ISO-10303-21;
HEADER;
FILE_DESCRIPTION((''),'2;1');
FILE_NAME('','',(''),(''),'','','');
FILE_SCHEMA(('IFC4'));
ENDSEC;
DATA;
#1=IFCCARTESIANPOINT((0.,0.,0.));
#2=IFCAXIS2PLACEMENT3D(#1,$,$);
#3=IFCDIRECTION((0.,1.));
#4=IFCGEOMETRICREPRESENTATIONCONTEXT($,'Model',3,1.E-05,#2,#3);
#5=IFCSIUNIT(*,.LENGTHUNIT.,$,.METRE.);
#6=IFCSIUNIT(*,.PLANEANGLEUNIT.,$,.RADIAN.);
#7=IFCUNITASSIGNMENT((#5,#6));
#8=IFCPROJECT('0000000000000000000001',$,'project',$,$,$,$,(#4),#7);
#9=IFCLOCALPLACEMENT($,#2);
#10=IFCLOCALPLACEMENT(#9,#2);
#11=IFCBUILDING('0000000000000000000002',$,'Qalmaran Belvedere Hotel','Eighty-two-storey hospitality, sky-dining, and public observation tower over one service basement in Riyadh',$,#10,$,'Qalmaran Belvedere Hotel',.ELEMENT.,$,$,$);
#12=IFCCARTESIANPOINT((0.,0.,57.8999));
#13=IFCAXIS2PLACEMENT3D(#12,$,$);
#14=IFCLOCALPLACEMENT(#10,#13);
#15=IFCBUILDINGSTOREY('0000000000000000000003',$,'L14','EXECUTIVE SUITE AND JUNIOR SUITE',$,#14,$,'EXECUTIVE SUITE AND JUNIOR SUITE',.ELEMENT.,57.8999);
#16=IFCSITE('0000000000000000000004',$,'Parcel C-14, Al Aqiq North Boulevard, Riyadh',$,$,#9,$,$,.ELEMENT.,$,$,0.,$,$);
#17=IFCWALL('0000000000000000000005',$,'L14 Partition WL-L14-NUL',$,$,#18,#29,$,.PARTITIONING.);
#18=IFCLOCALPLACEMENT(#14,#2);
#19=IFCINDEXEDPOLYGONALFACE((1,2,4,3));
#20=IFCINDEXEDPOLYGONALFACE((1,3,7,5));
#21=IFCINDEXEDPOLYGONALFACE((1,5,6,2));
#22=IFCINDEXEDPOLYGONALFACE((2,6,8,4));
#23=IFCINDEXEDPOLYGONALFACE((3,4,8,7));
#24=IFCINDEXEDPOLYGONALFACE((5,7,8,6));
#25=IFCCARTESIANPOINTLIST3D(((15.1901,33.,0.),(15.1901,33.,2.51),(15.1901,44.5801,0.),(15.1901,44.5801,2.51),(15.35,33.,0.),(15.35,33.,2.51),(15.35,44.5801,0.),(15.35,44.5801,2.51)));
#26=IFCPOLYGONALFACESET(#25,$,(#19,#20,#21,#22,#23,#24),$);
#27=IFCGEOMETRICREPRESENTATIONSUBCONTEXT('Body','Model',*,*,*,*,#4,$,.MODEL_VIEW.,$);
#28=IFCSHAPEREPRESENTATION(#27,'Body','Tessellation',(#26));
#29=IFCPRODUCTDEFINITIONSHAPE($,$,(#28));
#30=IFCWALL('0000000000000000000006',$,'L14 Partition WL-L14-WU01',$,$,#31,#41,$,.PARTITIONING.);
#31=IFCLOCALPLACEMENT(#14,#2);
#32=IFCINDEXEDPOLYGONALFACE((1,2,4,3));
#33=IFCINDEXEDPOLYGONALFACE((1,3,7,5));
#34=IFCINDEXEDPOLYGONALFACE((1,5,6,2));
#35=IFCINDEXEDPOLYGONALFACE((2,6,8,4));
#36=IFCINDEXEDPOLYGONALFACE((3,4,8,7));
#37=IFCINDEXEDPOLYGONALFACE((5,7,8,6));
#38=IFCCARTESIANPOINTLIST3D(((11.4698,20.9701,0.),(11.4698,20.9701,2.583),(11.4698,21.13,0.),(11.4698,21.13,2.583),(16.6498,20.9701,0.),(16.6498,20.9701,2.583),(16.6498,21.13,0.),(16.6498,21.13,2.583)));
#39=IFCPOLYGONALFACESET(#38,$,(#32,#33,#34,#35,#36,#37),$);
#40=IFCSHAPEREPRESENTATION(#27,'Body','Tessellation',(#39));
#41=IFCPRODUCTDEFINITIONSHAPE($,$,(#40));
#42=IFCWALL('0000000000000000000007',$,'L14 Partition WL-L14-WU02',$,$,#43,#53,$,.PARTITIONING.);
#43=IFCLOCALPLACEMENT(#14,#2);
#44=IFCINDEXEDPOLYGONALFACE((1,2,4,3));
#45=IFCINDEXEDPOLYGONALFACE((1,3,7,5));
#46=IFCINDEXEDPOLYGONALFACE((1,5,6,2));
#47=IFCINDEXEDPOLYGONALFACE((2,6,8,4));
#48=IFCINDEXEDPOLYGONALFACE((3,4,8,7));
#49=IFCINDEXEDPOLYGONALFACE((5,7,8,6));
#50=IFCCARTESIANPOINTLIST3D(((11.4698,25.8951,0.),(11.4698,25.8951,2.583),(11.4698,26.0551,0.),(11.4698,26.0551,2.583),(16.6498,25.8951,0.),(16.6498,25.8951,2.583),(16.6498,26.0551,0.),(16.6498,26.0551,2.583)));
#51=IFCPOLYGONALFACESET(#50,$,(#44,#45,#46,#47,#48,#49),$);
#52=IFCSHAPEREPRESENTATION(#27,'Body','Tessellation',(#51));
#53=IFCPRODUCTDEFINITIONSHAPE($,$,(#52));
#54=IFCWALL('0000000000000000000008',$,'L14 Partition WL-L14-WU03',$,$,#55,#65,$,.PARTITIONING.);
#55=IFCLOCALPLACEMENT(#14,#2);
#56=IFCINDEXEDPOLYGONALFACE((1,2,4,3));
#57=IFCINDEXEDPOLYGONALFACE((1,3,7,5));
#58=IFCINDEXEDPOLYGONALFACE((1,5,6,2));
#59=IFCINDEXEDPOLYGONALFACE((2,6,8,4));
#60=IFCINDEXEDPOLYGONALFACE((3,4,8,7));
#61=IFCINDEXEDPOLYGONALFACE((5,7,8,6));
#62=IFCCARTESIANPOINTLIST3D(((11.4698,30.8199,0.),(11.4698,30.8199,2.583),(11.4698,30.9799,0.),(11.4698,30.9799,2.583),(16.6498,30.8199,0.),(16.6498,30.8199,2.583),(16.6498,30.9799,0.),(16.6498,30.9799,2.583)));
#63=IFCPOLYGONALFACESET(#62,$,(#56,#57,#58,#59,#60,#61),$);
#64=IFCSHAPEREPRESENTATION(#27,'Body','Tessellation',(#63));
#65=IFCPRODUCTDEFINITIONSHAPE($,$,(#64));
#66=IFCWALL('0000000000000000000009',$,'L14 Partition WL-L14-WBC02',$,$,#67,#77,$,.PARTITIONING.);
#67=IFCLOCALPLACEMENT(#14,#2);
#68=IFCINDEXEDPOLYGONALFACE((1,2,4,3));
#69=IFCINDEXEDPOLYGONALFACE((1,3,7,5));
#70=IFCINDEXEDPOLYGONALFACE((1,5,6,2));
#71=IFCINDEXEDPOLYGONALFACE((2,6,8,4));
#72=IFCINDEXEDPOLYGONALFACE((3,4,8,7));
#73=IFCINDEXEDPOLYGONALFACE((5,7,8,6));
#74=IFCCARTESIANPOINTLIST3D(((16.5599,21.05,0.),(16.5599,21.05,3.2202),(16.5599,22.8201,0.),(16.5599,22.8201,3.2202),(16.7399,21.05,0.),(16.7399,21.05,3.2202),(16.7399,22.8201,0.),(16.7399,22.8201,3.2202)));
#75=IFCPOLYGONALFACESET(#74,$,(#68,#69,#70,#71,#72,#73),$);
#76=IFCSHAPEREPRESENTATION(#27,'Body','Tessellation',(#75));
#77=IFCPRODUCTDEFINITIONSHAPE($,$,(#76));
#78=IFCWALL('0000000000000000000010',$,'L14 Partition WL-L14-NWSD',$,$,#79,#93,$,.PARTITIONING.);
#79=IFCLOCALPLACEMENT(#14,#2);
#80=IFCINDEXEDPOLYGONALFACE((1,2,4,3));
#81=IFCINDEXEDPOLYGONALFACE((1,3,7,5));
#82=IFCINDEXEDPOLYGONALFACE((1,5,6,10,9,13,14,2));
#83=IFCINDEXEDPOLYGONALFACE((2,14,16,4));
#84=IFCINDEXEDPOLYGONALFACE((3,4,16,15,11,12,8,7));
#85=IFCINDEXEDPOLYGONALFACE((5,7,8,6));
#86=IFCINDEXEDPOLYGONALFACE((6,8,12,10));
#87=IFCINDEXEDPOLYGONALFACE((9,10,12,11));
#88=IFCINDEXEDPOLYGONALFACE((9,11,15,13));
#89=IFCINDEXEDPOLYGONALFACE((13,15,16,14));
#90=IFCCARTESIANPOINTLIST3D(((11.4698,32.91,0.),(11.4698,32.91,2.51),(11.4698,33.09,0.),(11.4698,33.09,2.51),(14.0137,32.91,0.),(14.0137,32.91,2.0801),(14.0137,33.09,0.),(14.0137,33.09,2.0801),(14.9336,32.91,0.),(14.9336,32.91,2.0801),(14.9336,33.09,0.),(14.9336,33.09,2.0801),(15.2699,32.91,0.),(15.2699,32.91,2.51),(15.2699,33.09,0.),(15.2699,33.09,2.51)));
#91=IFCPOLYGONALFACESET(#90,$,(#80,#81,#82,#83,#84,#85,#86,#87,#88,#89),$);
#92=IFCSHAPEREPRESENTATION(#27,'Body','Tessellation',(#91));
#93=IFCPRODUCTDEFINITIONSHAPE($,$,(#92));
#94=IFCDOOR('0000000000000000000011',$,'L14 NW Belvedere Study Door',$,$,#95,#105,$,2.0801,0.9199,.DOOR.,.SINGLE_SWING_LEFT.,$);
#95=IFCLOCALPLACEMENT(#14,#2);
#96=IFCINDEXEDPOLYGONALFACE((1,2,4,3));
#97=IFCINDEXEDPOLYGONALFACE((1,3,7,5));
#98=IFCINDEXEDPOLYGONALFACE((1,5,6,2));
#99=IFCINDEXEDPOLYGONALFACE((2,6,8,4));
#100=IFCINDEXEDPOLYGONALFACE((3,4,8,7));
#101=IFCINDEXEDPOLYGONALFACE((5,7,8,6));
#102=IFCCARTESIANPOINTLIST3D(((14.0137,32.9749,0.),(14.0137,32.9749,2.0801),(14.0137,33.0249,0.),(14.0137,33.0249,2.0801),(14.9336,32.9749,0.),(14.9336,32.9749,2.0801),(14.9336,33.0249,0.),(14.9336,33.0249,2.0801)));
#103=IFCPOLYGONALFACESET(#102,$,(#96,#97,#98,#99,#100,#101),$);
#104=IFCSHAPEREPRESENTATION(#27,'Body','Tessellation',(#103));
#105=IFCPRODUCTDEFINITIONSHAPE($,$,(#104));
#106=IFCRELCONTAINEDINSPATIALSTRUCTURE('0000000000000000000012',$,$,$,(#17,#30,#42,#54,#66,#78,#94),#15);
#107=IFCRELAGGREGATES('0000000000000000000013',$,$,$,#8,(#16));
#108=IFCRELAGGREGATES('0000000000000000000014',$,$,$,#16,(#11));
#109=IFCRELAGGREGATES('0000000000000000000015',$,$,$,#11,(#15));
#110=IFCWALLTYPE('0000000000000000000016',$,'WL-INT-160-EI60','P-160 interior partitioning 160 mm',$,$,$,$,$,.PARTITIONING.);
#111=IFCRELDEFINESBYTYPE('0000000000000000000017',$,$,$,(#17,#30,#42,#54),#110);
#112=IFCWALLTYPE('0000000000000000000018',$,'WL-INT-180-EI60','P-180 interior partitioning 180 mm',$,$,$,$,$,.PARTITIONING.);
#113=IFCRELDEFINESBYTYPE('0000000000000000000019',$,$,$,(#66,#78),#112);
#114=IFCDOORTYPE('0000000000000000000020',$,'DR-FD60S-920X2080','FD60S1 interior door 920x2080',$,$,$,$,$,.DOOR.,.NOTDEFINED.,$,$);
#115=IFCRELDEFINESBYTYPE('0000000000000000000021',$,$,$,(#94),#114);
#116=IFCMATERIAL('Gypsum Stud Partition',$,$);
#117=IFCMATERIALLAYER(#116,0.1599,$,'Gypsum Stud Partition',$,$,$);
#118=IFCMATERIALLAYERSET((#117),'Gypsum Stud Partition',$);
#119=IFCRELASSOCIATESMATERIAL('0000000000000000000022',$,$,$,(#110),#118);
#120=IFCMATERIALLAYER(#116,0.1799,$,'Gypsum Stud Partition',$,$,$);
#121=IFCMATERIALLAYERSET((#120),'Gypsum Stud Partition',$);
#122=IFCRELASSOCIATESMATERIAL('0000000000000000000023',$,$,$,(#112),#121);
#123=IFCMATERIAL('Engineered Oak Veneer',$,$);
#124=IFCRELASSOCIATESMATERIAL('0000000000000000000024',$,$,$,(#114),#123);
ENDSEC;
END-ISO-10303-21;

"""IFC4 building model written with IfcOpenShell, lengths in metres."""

from ifc_helpers import new_model, si_unit, direction, frame, frame_2d, origin, place, context, subcontext, project, spatial, rectangle, extrude, material, layer, layer_set, type_object, element, fill, save


model = new_model("IFC4")

# Units and contexts
model_context = context("Model", 3, precision=1e-05, world=origin(), true_north=direction((0.0, 1.0)))
body_context = subcontext(model_context, "Body", "Model", "MODEL_VIEW")
ifc_project = project(units=[si_unit("LENGTHUNIT", "METRE"), si_unit("PLANEANGLEUNIT", "RADIAN")], contexts=[model_context])

# Site, building, storey
site_placement = place(None, origin())
site = spatial("IfcSite", under=ifc_project, at=site_placement, Name="Parcel C-14, Al Aqiq North Boulevard, Riyadh", CompositionType="ELEMENT", RefElevation=0.0)
building_placement = place(site_placement, origin())
building = spatial("IfcBuilding", under=site, at=building_placement, Name="Qalmaran Belvedere Hotel", Description="Eighty-two-storey hospitality, sky-dining, and public observation tower over one service basement in Riyadh", LongName="Qalmaran Belvedere Hotel", CompositionType="ELEMENT")
storey_placement = place(building_placement, frame((0.0, 0.0, 57.8999)))
storey = spatial("IfcBuildingStorey", under=building, at=storey_placement, Name="L14", Description="EXECUTIVE SUITE AND JUNIOR SUITE", LongName="EXECUTIVE SUITE AND JUNIOR SUITE", CompositionType="ELEMENT", Elevation=57.8999)

# Shared definitions
ifc_material_1 = material(Name="Engineered Oak Veneer")

# Shared definitions
ifc_material_2 = material(Name="Gypsum Stud Partition")

# Walls
ifc_layer_1 = layer(ifc_material_2, 0.1599, Name="Gypsum Stud Partition")
ifc_layer_set_1 = layer_set([ifc_layer_1], Name="Gypsum Stud Partition")
wall_type_1 = type_object("IfcWallType", Name="WL-INT-160-EI60", Description="P-160 interior partitioning 160 mm", PredefinedType="PARTITIONING", material=ifc_layer_set_1)
wall_1_placement = place(storey_placement, frame((15.27, 33.0, 0.0), z_axis=(0.0, 0.0, 1.0), x_axis=(0.0, 1.0, 0.0)))
element("IfcWall", 1, at=wall_1_placement, inside=storey, type_object=wall_type_1, Name="L14 Partition WL-L14-NUL", PredefinedType="PARTITIONING", context=body_context, shape_type="SweptSolid", body=[
    extrude(rectangle(XDim=11.5801, YDim=0.1599, at=frame_2d((5.79, 0.0))), origin(), (0.0, 0.0, 1.0), 2.51),
])
for number, where, z_axis, x_axis, name in (
    (2, (11.47, 21.05, 0.0), (0.0, 0.0, 1.0), (1.0, 0.0, 0.0), "L14 Partition WL-L14-WU01"),
    (3, (11.47, 25.9751, 0.0), (0.0, 0.0, 1.0), (1.0, 0.0, 0.0), "L14 Partition WL-L14-WU02"),
    (4, (11.47, 30.8999, 0.0), (0.0, 0.0, 1.0), (1.0, 0.0, 0.0), "L14 Partition WL-L14-WU03"),
):
    element("IfcWall", number, at=place(storey_placement, frame(where, z_axis=z_axis, x_axis=x_axis)), inside=storey, type_object=wall_type_1, Name=name, PredefinedType="PARTITIONING", context=body_context, shape_type="SweptSolid", body=[
        extrude(rectangle(XDim=5.1799, YDim=0.1599, at=frame_2d((2.5898, 0.0))), origin(), (0.0, 0.0, 1.0), 2.583),
    ])

# Shared definitions
ifc_layer_2 = layer(ifc_material_2, 0.1799, Name="Gypsum Stud Partition")
ifc_layer_set_2 = layer_set([ifc_layer_2], Name="Gypsum Stud Partition")
wall_type_2 = type_object("IfcWallType", Name="WL-INT-180-EI60", Description="P-180 interior partitioning 180 mm", PredefinedType="PARTITIONING", material=ifc_layer_set_2)

# Wall
wall_2_placement = place(storey_placement, frame((16.6499, 21.05, 0.0), z_axis=(0.0, 0.0, 1.0), x_axis=(0.0, 1.0, 0.0)))
element("IfcWall", 5, at=wall_2_placement, inside=storey, type_object=wall_type_2, Name="L14 Partition WL-L14-WBC02", PredefinedType="PARTITIONING", context=body_context, shape_type="SweptSolid", body=[
    extrude(rectangle(XDim=1.77, YDim=0.1799, at=frame_2d((0.885, 0.0))), origin(), (0.0, 0.0, 1.0), 3.2202),
])

# Wall, opening, door
wall_3_placement = place(storey_placement, frame((11.47, 33.0, 0.0), z_axis=(0.0, 0.0, 1.0), x_axis=(1.0, 0.0, 0.0)))
wall_3 = element("IfcWall", 6, at=wall_3_placement, inside=storey, type_object=wall_type_2, Name="L14 Partition WL-L14-NWSD", PredefinedType="PARTITIONING", context=body_context, shape_type="SweptSolid", body=[
    extrude(rectangle(XDim=3.8, YDim=0.1799, at=frame_2d((1.8999, 0.0))), origin(), (0.0, 0.0, 1.0), 2.51),
])
opening_1_placement = place(wall_3_placement, frame((2.5437, 0.0, 0.0)))
opening_1 = element("IfcOpeningElement", 7, at=opening_1_placement, cuts=wall_3, PredefinedType="OPENING", context=body_context, shape_type="SweptSolid", body=[
    extrude(rectangle(XDim=0.9199, YDim=2.0801, at=frame_2d((0.46, 1.04))), frame((0.0, 0.1001, 0.0), z_axis=(0.0, -1.0, 0.0), x_axis=(1.0, 0.0, 0.0)), (0.0, 0.0, 1.0), 0.2),
])
door_type_1 = type_object("IfcDoorType", Name="DR-FD60S-920X2080", Description="FD60S1 interior door 920x2080", OperationType="NOTDEFINED", PredefinedType="DOOR", material=ifc_material_1)
door_1_placement = place(opening_1_placement, origin())
door_1 = element("IfcDoor", 8, at=door_1_placement, inside=storey, type_object=door_type_1, Name="L14 NW Belvedere Study Door", OperationType="SINGLE_SWING_LEFT", OverallHeight=2.0801, OverallWidth=0.9199, PredefinedType="DOOR", context=body_context, shape_type="SweptSolid", body=[
    extrude(rectangle(XDim=0.9199, YDim=2.0801, at=frame_2d((0.46, 1.04))), frame((0.0, 0.0249, 0.0), z_axis=(0.0, -1.0, 0.0), x_axis=(1.0, 0.0, 0.0)), (0.0, 0.0, 1.0), 0.05),
])
fill(opening_1, door_1)

save(model, "model.ifc")
